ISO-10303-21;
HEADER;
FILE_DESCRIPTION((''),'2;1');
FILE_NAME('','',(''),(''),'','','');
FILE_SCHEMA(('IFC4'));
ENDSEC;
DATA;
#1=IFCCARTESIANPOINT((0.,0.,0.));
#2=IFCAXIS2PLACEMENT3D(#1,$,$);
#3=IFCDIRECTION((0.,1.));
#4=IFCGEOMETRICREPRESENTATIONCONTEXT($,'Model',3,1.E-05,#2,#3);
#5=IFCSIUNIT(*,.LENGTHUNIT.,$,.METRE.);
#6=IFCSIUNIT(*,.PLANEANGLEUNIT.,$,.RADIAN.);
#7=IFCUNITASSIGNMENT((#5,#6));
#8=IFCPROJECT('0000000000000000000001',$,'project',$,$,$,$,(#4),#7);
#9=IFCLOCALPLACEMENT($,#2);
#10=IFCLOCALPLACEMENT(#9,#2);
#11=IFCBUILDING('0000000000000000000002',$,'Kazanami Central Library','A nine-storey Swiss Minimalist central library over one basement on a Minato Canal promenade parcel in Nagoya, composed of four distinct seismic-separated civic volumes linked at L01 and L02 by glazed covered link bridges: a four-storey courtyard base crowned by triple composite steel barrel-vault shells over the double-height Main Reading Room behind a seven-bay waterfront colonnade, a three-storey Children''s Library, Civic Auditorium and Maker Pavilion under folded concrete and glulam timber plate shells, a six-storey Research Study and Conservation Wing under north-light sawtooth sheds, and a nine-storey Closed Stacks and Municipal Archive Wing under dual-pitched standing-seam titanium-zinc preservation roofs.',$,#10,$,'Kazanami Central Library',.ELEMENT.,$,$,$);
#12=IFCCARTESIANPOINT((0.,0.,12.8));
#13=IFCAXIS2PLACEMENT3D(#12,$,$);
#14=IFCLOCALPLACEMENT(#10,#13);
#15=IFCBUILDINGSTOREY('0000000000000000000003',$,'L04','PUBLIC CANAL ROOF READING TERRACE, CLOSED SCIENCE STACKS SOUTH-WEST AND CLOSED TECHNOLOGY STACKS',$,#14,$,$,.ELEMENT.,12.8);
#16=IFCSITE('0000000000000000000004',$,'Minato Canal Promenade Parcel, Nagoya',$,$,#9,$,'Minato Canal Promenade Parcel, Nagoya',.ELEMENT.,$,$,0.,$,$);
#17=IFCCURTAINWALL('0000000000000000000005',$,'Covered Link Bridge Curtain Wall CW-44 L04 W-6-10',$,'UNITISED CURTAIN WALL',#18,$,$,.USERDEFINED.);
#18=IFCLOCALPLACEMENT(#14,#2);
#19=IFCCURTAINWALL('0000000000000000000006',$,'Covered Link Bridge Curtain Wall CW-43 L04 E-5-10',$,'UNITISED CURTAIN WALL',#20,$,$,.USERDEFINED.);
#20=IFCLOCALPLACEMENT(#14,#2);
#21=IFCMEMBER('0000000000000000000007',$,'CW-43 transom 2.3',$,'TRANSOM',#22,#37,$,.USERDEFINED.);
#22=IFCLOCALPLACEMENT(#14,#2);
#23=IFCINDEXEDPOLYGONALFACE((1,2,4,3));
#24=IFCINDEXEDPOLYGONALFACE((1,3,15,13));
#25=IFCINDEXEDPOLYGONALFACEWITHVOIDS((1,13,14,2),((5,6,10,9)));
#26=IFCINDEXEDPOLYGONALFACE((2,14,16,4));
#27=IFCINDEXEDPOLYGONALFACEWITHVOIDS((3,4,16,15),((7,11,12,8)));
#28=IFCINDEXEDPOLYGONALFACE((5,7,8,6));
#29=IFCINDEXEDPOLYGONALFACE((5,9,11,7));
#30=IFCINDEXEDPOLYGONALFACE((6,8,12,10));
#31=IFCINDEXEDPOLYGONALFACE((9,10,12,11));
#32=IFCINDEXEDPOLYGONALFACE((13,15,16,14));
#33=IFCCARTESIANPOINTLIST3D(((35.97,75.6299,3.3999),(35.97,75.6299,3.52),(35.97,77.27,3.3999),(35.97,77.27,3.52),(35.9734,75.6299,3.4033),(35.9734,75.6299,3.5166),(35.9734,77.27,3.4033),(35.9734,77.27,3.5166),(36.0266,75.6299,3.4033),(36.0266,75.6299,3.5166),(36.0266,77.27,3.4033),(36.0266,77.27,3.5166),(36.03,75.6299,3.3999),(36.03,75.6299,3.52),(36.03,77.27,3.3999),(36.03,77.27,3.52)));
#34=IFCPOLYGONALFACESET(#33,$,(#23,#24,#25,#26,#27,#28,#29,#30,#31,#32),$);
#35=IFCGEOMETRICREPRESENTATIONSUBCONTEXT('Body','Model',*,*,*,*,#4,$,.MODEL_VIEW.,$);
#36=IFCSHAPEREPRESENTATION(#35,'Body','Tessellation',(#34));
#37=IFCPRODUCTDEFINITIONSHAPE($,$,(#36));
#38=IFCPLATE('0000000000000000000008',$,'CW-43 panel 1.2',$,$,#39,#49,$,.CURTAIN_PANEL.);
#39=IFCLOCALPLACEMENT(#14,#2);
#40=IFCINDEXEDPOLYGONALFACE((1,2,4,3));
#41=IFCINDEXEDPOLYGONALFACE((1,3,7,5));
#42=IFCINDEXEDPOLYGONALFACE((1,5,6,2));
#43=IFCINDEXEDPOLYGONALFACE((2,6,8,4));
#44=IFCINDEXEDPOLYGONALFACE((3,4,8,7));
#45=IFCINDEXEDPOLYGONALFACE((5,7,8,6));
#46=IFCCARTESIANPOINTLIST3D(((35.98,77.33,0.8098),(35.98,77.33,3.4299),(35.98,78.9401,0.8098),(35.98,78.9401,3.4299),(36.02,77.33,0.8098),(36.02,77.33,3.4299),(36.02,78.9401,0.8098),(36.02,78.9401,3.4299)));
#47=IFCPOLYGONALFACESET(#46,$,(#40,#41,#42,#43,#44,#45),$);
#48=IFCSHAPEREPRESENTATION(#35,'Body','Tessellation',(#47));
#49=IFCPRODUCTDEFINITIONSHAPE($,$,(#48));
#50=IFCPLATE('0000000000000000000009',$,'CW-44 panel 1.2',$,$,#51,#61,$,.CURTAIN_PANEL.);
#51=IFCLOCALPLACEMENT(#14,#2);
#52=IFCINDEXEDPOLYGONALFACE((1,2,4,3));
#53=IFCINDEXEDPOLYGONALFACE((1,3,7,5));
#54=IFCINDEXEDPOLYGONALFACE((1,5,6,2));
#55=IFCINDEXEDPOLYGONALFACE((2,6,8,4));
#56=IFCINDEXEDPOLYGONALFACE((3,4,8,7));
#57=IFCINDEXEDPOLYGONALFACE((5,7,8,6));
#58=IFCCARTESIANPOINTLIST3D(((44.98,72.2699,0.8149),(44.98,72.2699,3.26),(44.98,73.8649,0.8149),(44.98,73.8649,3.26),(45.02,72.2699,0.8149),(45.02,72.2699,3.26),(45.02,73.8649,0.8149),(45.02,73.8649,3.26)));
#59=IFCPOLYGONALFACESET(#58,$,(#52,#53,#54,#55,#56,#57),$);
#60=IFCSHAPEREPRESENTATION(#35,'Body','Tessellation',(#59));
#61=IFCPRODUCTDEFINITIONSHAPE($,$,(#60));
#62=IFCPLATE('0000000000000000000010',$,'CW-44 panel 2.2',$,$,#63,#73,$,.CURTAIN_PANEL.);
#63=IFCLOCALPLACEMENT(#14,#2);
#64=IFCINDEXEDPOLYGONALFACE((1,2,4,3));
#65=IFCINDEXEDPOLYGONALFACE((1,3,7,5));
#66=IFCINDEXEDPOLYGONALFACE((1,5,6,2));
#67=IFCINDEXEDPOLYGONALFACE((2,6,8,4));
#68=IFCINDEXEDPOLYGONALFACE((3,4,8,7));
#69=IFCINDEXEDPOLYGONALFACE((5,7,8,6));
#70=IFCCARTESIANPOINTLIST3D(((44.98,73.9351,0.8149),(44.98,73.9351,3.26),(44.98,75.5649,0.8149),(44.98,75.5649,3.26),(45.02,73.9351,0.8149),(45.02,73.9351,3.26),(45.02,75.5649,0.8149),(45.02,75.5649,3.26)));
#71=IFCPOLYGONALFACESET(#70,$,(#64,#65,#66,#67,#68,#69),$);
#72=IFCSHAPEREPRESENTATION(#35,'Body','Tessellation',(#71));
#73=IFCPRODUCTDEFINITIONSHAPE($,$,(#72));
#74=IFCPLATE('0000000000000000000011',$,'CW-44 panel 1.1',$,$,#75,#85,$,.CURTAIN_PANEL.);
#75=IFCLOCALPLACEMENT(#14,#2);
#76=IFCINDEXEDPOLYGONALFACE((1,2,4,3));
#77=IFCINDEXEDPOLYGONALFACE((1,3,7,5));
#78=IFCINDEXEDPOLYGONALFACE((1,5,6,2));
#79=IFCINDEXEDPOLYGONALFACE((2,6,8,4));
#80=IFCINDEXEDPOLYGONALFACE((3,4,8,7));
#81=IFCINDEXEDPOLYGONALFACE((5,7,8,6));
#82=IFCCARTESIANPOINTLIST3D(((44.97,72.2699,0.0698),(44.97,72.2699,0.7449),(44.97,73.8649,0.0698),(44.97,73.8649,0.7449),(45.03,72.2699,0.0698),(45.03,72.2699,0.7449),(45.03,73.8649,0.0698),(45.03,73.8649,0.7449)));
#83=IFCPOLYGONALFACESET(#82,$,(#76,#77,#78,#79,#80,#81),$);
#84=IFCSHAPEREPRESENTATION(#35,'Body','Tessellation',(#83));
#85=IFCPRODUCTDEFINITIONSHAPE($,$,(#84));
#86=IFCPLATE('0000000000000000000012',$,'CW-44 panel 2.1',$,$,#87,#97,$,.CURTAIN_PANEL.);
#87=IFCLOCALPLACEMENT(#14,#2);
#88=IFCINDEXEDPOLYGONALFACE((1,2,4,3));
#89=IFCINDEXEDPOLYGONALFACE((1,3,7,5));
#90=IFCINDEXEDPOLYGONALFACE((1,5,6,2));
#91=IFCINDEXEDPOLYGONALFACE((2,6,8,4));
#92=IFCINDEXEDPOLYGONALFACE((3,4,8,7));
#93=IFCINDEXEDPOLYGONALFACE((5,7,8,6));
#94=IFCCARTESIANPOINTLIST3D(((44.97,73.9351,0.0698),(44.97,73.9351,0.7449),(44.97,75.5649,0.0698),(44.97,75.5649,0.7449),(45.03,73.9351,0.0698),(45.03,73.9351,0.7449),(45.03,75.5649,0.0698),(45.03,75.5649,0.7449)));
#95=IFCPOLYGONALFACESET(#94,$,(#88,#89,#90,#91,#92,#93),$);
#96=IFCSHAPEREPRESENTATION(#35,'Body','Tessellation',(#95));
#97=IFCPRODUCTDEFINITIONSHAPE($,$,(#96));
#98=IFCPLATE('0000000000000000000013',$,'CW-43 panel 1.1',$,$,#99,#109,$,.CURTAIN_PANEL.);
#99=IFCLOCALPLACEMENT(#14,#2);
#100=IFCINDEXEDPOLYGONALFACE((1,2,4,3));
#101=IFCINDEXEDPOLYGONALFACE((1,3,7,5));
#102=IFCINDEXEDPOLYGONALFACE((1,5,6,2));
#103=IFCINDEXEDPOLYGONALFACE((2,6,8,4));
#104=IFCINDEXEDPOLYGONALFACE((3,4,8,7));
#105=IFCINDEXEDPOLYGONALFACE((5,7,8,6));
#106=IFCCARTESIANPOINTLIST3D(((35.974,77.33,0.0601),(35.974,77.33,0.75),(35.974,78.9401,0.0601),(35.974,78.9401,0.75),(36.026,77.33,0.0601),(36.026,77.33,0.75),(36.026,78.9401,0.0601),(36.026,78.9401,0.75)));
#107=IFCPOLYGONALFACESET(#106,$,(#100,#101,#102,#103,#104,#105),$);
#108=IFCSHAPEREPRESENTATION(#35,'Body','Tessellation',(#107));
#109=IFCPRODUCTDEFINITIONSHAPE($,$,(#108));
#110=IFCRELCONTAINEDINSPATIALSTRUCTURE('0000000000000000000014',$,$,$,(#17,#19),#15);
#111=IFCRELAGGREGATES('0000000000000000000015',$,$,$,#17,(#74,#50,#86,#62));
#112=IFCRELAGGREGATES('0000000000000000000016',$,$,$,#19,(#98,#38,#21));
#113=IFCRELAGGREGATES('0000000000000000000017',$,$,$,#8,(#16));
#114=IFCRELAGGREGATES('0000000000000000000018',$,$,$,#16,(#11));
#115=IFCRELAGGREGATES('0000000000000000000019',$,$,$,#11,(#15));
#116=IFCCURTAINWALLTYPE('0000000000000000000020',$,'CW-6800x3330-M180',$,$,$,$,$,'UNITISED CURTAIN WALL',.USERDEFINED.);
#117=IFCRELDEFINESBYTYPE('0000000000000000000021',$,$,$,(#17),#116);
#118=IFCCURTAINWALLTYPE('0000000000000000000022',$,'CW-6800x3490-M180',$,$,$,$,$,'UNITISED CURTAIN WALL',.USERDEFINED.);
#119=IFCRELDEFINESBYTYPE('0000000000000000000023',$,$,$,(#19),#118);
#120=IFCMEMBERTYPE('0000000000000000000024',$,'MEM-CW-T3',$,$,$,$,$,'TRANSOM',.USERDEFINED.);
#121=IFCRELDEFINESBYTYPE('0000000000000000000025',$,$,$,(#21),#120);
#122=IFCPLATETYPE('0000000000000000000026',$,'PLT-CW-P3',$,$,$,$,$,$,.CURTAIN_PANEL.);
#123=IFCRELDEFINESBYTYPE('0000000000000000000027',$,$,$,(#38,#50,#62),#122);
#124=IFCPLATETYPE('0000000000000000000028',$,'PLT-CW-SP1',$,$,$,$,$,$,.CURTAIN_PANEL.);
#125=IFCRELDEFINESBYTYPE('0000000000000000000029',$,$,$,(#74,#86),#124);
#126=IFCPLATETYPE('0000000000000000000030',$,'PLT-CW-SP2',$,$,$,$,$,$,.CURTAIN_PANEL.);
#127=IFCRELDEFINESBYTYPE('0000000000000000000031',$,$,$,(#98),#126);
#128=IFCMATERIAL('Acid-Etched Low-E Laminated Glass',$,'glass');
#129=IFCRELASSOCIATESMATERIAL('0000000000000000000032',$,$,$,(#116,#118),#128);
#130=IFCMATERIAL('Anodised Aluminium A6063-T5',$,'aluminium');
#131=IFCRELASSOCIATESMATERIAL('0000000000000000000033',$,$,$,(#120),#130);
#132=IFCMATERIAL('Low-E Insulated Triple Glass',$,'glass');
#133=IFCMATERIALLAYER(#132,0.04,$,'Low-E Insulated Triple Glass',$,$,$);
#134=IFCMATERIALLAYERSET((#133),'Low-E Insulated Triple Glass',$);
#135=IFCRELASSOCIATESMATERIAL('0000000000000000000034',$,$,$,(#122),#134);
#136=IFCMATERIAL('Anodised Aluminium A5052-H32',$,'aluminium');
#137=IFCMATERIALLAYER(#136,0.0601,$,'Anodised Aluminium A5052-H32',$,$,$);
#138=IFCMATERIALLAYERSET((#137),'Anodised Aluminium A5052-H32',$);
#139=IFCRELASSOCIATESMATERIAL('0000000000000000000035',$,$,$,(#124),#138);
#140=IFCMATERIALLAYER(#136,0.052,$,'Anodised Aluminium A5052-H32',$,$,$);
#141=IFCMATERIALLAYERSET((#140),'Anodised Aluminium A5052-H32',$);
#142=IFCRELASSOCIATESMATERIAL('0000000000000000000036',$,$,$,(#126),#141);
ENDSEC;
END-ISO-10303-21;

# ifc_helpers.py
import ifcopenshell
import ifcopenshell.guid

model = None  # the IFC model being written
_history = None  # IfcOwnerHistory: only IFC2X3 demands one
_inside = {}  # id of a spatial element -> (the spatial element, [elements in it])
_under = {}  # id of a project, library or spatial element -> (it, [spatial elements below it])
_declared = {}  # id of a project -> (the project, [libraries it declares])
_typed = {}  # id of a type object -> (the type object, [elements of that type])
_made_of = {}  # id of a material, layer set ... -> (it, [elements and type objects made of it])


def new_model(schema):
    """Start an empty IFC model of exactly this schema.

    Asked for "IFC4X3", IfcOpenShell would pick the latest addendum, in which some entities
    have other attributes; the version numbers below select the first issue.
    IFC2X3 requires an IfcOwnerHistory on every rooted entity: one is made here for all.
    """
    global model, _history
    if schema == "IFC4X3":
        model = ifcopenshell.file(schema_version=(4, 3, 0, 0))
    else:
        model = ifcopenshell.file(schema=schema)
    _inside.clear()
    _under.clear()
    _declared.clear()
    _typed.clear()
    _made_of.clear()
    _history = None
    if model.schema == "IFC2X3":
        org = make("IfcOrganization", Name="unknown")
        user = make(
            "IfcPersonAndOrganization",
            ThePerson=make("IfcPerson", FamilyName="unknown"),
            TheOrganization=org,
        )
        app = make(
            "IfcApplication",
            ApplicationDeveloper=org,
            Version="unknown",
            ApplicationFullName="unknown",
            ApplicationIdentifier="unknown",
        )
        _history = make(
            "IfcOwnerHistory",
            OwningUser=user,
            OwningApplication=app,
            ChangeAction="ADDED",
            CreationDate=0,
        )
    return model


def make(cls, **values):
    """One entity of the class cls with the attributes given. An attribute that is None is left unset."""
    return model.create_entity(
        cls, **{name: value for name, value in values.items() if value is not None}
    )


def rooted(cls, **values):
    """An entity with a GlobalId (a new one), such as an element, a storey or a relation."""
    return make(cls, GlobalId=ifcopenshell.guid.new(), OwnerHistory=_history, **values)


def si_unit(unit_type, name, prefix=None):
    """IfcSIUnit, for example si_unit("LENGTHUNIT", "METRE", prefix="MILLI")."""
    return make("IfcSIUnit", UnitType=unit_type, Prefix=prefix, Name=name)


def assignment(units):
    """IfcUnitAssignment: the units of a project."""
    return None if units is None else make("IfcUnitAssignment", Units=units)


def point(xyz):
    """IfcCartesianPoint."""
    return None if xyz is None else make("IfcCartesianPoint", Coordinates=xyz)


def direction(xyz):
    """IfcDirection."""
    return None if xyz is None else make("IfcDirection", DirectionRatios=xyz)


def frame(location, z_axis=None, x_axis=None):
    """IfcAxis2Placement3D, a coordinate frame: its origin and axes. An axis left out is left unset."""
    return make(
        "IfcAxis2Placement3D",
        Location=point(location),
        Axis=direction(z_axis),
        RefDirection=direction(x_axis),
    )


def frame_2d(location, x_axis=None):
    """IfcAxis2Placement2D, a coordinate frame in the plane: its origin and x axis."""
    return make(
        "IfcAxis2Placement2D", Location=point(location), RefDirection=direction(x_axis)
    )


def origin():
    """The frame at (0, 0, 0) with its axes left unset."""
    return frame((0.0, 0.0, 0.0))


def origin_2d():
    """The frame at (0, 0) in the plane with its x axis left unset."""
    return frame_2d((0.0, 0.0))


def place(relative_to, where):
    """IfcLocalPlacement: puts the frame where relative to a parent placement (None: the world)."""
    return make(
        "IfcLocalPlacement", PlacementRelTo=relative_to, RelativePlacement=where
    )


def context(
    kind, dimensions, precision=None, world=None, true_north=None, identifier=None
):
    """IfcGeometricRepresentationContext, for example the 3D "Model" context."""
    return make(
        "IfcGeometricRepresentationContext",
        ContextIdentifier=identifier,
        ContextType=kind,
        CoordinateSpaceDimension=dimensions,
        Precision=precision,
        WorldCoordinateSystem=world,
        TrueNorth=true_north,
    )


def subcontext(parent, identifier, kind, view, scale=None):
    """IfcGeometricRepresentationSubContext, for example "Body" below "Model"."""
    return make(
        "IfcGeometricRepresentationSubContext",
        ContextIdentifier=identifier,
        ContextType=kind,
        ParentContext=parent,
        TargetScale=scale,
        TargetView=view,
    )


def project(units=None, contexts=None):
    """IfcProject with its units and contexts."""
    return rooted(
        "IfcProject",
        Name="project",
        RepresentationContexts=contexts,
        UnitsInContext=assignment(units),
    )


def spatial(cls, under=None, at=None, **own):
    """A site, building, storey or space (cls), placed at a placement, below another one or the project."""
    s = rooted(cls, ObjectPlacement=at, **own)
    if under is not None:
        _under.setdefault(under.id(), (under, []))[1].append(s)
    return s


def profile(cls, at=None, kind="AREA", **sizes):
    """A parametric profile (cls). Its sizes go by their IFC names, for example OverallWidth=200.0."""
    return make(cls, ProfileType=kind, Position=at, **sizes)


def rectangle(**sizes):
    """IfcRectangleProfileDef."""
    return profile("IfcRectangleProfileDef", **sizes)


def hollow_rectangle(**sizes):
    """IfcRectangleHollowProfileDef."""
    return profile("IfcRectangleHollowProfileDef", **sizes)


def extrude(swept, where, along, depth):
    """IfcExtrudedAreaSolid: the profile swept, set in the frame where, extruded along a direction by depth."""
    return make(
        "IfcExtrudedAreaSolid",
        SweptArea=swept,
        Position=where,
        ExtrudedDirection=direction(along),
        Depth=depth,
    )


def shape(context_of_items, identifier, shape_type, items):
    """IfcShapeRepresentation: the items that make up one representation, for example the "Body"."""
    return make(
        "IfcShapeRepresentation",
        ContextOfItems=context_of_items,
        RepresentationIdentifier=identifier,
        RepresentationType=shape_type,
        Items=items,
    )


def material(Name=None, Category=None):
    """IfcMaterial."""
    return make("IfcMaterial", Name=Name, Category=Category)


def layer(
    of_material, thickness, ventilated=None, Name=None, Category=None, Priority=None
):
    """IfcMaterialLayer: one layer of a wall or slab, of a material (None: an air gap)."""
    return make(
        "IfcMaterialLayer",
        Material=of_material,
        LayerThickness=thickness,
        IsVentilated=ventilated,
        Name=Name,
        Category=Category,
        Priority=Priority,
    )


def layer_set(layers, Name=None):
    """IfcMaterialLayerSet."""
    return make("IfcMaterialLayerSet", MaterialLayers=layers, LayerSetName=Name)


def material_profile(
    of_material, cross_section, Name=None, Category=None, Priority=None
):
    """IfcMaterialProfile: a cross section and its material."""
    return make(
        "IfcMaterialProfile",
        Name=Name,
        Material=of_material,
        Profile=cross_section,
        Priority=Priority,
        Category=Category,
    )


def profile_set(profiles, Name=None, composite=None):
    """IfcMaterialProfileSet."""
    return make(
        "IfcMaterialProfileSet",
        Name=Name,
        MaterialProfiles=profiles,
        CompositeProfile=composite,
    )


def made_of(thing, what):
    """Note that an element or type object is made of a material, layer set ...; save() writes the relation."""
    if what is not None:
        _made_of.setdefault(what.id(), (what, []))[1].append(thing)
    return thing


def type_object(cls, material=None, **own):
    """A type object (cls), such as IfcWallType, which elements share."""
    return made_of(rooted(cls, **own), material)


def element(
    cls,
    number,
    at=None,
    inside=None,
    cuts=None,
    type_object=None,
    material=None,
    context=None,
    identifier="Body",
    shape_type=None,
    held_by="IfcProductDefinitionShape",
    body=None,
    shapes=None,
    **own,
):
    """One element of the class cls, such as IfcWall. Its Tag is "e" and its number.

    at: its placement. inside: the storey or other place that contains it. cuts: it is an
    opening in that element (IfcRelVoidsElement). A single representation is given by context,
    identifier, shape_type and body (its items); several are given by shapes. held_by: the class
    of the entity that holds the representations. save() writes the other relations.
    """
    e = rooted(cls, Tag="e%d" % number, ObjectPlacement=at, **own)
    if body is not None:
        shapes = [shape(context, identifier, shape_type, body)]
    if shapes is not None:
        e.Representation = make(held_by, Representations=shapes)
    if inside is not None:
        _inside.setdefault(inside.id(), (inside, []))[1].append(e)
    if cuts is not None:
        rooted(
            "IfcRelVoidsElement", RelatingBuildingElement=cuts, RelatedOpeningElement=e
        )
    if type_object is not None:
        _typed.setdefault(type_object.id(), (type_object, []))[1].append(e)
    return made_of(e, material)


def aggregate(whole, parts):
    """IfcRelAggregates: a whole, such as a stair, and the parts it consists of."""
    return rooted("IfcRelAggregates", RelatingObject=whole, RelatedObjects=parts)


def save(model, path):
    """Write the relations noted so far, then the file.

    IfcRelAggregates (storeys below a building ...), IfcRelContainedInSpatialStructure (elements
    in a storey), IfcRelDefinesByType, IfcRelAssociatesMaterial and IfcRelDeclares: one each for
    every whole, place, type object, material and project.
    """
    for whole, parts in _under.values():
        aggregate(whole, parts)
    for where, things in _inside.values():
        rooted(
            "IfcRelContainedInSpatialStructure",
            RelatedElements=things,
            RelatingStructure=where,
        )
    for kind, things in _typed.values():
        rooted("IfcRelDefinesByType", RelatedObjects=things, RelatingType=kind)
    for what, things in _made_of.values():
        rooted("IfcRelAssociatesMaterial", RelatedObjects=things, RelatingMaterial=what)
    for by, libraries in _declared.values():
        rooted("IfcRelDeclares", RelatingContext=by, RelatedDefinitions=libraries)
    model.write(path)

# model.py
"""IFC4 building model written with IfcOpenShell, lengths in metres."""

from ifc_helpers import new_model, si_unit, direction, frame, origin, origin_2d, place, context, subcontext, project, spatial, rectangle, hollow_rectangle, extrude, material, layer, layer_set, material_profile, profile_set, type_object, element, aggregate, save


model = new_model("IFC4")

# Units and contexts
model_context = context("Model", 3, precision=1e-05, world=origin(), true_north=direction((0.0, 1.0)))
body_context = subcontext(model_context, "Body", "Model", "MODEL_VIEW")
ifc_project = project(units=[si_unit("LENGTHUNIT", "METRE"), si_unit("PLANEANGLEUNIT", "RADIAN")], contexts=[model_context])

# Site, building, storey
site_placement = place(None, origin())
site = spatial("IfcSite", under=ifc_project, at=site_placement, Name="Minato Canal Promenade Parcel, Nagoya", LongName="Minato Canal Promenade Parcel, Nagoya", CompositionType="ELEMENT", RefElevation=0.0)
building_placement = place(site_placement, origin())
building = spatial("IfcBuilding", under=site, at=building_placement, Name="Kazanami Central Library", Description="A nine-storey Swiss Minimalist central library over one basement on a Minato Canal promenade parcel in Nagoya, composed of four distinct seismic-separated civic volumes linked at L01 and L02 by glazed covered link bridges: a four-storey courtyard base crowned by triple composite steel barrel-vault shells over the double-height Main Reading Room behind a seven-bay waterfront colonnade, a three-storey Children's Library, Civic Auditorium and Maker Pavilion under folded concrete and glulam timber plate shells, a six-storey Research Study and Conservation Wing under north-light sawtooth sheds, and a nine-storey Closed Stacks and Municipal Archive Wing under dual-pitched standing-seam titanium-zinc preservation roofs.", LongName="Kazanami Central Library", CompositionType="ELEMENT")
storey_placement = place(building_placement, frame((0.0, 0.0, 12.8)))
storey = spatial("IfcBuildingStorey", under=building, at=storey_placement, Name="L04", Description="PUBLIC CANAL ROOF READING TERRACE, CLOSED SCIENCE STACKS SOUTH-WEST AND CLOSED TECHNOLOGY STACKS", CompositionType="ELEMENT", Elevation=12.8)

# Curtain walls
ifc_material_1 = material(Name="Acid-Etched Low-E Laminated Glass", Category="glass")
curtain_wall_type_1 = type_object("IfcCurtainWallType", Name="CW-6800x3330-M180", ElementType="UNITISED CURTAIN WALL", PredefinedType="USERDEFINED", material=ifc_material_1)
curtain_wall_1_placement = place(storey_placement, origin())
curtain_wall_1 = element("IfcCurtainWall", 1, at=curtain_wall_1_placement, inside=storey, type_object=curtain_wall_type_1, Name="Covered Link Bridge Curtain Wall CW-44 L04 W-6-10", ObjectType="UNITISED CURTAIN WALL", PredefinedType="USERDEFINED")
ifc_material_2 = material(Name="Anodised Aluminium A6063-T5", Category="aluminium")
curtain_wall_type_2 = type_object("IfcCurtainWallType", Name="CW-6800x3490-M180", ElementType="UNITISED CURTAIN WALL", PredefinedType="USERDEFINED", material=ifc_material_1)
curtain_wall_2_placement = place(storey_placement, origin())
curtain_wall_2 = element("IfcCurtainWall", 2, at=curtain_wall_2_placement, inside=storey, type_object=curtain_wall_type_2, Name="Covered Link Bridge Curtain Wall CW-43 L04 E-5-10", ObjectType="UNITISED CURTAIN WALL", PredefinedType="USERDEFINED")

# Member
ifc_material_profile_1 = material_profile(ifc_material_2, hollow_rectangle(XDim=0.0601, YDim=0.1201, WallThickness=0.0034, at=origin_2d()), Name="ALU-TRAN-60x120x3.5")
ifc_profile_set_1 = profile_set([ifc_material_profile_1], Name="Anodised Aluminium A6063-T5")
member_type_1 = type_object("IfcMemberType", Name="MEM-CW-T3", ElementType="TRANSOM", PredefinedType="USERDEFINED", material=ifc_profile_set_1)
member_1_placement = place(storey_placement, frame((36.0, 77.27, 3.46), z_axis=(0.0, -1.0, 0.0), x_axis=(1.0, 0.0, 0.0)))
member_1 = element("IfcMember", 3, at=member_1_placement, type_object=member_type_1, Name="CW-43 transom 2.3", ObjectType="TRANSOM", PredefinedType="USERDEFINED", context=body_context, shape_type="SweptSolid", body=[
    extrude(hollow_rectangle(XDim=0.0601, YDim=0.1201, WallThickness=0.0034, at=origin_2d()), origin(), (0.0, 0.0, 1.0), 1.6401),
])

# Plates
ifc_material_3 = material(Name="Low-E Insulated Triple Glass", Category="glass")
ifc_layer_1 = layer(ifc_material_3, 0.04, Name="Low-E Insulated Triple Glass")
ifc_layer_set_1 = layer_set([ifc_layer_1], Name="Low-E Insulated Triple Glass")
plate_type_1 = type_object("IfcPlateType", Name="PLT-CW-P3", PredefinedType="CURTAIN_PANEL", material=ifc_layer_set_1)
plate_1_placement = place(storey_placement, frame((36.0, 78.135, 0.8098), z_axis=(0.0, 0.0, 1.0), x_axis=(0.0, -1.0, 0.0)))
plate_1 = element("IfcPlate", 4, at=plate_1_placement, type_object=plate_type_1, Name="CW-43 panel 1.2", PredefinedType="CURTAIN_PANEL", context=body_context, shape_type="SweptSolid", body=[
    extrude(rectangle(XDim=1.6101, YDim=0.04, at=origin_2d()), origin(), (0.0, 0.0, 1.0), 2.6201),
])
plate_2_placement = place(storey_placement, frame((45.0, 73.0674, 0.8149), z_axis=(0.0, 0.0, 1.0), x_axis=(0.0, 1.0, 0.0)))
plate_2 = element("IfcPlate", 5, at=plate_2_placement, type_object=plate_type_1, Name="CW-44 panel 1.2", PredefinedType="CURTAIN_PANEL", context=body_context, shape_type="SweptSolid", body=[
    extrude(rectangle(XDim=1.595, YDim=0.04, at=origin_2d()), origin(), (0.0, 0.0, 1.0), 2.4451),
])
plate_3_placement = place(storey_placement, frame((45.0, 74.75, 0.8149), z_axis=(0.0, 0.0, 1.0), x_axis=(0.0, 1.0, 0.0)))
plate_3 = element("IfcPlate", 6, at=plate_3_placement, type_object=plate_type_1, Name="CW-44 panel 2.2", PredefinedType="CURTAIN_PANEL", context=body_context, shape_type="SweptSolid", body=[
    extrude(rectangle(XDim=1.6299, YDim=0.04, at=origin_2d()), origin(), (0.0, 0.0, 1.0), 2.4451),
])
ifc_material_4 = material(Name="Anodised Aluminium A5052-H32", Category="aluminium")
ifc_layer_2 = layer(ifc_material_4, 0.0601, Name="Anodised Aluminium A5052-H32")
ifc_layer_set_2 = layer_set([ifc_layer_2], Name="Anodised Aluminium A5052-H32")
plate_type_2 = type_object("IfcPlateType", Name="PLT-CW-SP1", PredefinedType="CURTAIN_PANEL", material=ifc_layer_set_2)
plate_4_placement = place(storey_placement, frame((45.0, 73.0674, 0.0698), z_axis=(0.0, 0.0, 1.0), x_axis=(0.0, 1.0, 0.0)))
plate_4 = element("IfcPlate", 7, at=plate_4_placement, type_object=plate_type_2, Name="CW-44 panel 1.1", PredefinedType="CURTAIN_PANEL", context=body_context, shape_type="SweptSolid", body=[
    extrude(rectangle(XDim=1.595, YDim=0.0601, at=origin_2d()), origin(), (0.0, 0.0, 1.0), 0.675),
])
plate_5_placement = place(storey_placement, frame((45.0, 74.75, 0.0698), z_axis=(0.0, 0.0, 1.0), x_axis=(0.0, 1.0, 0.0)))
plate_5 = element("IfcPlate", 8, at=plate_5_placement, type_object=plate_type_2, Name="CW-44 panel 2.1", PredefinedType="CURTAIN_PANEL", context=body_context, shape_type="SweptSolid", body=[
    extrude(rectangle(XDim=1.6299, YDim=0.0601, at=origin_2d()), origin(), (0.0, 0.0, 1.0), 0.675),
])
aggregate(curtain_wall_1, [plate_4, plate_2, plate_5, plate_3])
ifc_layer_3 = layer(ifc_material_4, 0.052, Name="Anodised Aluminium A5052-H32")
ifc_layer_set_3 = layer_set([ifc_layer_3], Name="Anodised Aluminium A5052-H32")
plate_type_3 = type_object("IfcPlateType", Name="PLT-CW-SP2", PredefinedType="CURTAIN_PANEL", material=ifc_layer_set_3)
plate_6_placement = place(storey_placement, frame((36.0, 78.135, 0.0601), z_axis=(0.0, 0.0, 1.0), x_axis=(0.0, -1.0, 0.0)))
plate_6 = element("IfcPlate", 9, at=plate_6_placement, type_object=plate_type_3, Name="CW-43 panel 1.1", PredefinedType="CURTAIN_PANEL", context=body_context, shape_type="SweptSolid", body=[
    extrude(rectangle(XDim=1.6101, YDim=0.052, at=origin_2d()), origin(), (0.0, 0.0, 1.0), 0.6899),
])
aggregate(curtain_wall_2, [plate_6, plate_1, member_1])

save(model, "model.ifc")
